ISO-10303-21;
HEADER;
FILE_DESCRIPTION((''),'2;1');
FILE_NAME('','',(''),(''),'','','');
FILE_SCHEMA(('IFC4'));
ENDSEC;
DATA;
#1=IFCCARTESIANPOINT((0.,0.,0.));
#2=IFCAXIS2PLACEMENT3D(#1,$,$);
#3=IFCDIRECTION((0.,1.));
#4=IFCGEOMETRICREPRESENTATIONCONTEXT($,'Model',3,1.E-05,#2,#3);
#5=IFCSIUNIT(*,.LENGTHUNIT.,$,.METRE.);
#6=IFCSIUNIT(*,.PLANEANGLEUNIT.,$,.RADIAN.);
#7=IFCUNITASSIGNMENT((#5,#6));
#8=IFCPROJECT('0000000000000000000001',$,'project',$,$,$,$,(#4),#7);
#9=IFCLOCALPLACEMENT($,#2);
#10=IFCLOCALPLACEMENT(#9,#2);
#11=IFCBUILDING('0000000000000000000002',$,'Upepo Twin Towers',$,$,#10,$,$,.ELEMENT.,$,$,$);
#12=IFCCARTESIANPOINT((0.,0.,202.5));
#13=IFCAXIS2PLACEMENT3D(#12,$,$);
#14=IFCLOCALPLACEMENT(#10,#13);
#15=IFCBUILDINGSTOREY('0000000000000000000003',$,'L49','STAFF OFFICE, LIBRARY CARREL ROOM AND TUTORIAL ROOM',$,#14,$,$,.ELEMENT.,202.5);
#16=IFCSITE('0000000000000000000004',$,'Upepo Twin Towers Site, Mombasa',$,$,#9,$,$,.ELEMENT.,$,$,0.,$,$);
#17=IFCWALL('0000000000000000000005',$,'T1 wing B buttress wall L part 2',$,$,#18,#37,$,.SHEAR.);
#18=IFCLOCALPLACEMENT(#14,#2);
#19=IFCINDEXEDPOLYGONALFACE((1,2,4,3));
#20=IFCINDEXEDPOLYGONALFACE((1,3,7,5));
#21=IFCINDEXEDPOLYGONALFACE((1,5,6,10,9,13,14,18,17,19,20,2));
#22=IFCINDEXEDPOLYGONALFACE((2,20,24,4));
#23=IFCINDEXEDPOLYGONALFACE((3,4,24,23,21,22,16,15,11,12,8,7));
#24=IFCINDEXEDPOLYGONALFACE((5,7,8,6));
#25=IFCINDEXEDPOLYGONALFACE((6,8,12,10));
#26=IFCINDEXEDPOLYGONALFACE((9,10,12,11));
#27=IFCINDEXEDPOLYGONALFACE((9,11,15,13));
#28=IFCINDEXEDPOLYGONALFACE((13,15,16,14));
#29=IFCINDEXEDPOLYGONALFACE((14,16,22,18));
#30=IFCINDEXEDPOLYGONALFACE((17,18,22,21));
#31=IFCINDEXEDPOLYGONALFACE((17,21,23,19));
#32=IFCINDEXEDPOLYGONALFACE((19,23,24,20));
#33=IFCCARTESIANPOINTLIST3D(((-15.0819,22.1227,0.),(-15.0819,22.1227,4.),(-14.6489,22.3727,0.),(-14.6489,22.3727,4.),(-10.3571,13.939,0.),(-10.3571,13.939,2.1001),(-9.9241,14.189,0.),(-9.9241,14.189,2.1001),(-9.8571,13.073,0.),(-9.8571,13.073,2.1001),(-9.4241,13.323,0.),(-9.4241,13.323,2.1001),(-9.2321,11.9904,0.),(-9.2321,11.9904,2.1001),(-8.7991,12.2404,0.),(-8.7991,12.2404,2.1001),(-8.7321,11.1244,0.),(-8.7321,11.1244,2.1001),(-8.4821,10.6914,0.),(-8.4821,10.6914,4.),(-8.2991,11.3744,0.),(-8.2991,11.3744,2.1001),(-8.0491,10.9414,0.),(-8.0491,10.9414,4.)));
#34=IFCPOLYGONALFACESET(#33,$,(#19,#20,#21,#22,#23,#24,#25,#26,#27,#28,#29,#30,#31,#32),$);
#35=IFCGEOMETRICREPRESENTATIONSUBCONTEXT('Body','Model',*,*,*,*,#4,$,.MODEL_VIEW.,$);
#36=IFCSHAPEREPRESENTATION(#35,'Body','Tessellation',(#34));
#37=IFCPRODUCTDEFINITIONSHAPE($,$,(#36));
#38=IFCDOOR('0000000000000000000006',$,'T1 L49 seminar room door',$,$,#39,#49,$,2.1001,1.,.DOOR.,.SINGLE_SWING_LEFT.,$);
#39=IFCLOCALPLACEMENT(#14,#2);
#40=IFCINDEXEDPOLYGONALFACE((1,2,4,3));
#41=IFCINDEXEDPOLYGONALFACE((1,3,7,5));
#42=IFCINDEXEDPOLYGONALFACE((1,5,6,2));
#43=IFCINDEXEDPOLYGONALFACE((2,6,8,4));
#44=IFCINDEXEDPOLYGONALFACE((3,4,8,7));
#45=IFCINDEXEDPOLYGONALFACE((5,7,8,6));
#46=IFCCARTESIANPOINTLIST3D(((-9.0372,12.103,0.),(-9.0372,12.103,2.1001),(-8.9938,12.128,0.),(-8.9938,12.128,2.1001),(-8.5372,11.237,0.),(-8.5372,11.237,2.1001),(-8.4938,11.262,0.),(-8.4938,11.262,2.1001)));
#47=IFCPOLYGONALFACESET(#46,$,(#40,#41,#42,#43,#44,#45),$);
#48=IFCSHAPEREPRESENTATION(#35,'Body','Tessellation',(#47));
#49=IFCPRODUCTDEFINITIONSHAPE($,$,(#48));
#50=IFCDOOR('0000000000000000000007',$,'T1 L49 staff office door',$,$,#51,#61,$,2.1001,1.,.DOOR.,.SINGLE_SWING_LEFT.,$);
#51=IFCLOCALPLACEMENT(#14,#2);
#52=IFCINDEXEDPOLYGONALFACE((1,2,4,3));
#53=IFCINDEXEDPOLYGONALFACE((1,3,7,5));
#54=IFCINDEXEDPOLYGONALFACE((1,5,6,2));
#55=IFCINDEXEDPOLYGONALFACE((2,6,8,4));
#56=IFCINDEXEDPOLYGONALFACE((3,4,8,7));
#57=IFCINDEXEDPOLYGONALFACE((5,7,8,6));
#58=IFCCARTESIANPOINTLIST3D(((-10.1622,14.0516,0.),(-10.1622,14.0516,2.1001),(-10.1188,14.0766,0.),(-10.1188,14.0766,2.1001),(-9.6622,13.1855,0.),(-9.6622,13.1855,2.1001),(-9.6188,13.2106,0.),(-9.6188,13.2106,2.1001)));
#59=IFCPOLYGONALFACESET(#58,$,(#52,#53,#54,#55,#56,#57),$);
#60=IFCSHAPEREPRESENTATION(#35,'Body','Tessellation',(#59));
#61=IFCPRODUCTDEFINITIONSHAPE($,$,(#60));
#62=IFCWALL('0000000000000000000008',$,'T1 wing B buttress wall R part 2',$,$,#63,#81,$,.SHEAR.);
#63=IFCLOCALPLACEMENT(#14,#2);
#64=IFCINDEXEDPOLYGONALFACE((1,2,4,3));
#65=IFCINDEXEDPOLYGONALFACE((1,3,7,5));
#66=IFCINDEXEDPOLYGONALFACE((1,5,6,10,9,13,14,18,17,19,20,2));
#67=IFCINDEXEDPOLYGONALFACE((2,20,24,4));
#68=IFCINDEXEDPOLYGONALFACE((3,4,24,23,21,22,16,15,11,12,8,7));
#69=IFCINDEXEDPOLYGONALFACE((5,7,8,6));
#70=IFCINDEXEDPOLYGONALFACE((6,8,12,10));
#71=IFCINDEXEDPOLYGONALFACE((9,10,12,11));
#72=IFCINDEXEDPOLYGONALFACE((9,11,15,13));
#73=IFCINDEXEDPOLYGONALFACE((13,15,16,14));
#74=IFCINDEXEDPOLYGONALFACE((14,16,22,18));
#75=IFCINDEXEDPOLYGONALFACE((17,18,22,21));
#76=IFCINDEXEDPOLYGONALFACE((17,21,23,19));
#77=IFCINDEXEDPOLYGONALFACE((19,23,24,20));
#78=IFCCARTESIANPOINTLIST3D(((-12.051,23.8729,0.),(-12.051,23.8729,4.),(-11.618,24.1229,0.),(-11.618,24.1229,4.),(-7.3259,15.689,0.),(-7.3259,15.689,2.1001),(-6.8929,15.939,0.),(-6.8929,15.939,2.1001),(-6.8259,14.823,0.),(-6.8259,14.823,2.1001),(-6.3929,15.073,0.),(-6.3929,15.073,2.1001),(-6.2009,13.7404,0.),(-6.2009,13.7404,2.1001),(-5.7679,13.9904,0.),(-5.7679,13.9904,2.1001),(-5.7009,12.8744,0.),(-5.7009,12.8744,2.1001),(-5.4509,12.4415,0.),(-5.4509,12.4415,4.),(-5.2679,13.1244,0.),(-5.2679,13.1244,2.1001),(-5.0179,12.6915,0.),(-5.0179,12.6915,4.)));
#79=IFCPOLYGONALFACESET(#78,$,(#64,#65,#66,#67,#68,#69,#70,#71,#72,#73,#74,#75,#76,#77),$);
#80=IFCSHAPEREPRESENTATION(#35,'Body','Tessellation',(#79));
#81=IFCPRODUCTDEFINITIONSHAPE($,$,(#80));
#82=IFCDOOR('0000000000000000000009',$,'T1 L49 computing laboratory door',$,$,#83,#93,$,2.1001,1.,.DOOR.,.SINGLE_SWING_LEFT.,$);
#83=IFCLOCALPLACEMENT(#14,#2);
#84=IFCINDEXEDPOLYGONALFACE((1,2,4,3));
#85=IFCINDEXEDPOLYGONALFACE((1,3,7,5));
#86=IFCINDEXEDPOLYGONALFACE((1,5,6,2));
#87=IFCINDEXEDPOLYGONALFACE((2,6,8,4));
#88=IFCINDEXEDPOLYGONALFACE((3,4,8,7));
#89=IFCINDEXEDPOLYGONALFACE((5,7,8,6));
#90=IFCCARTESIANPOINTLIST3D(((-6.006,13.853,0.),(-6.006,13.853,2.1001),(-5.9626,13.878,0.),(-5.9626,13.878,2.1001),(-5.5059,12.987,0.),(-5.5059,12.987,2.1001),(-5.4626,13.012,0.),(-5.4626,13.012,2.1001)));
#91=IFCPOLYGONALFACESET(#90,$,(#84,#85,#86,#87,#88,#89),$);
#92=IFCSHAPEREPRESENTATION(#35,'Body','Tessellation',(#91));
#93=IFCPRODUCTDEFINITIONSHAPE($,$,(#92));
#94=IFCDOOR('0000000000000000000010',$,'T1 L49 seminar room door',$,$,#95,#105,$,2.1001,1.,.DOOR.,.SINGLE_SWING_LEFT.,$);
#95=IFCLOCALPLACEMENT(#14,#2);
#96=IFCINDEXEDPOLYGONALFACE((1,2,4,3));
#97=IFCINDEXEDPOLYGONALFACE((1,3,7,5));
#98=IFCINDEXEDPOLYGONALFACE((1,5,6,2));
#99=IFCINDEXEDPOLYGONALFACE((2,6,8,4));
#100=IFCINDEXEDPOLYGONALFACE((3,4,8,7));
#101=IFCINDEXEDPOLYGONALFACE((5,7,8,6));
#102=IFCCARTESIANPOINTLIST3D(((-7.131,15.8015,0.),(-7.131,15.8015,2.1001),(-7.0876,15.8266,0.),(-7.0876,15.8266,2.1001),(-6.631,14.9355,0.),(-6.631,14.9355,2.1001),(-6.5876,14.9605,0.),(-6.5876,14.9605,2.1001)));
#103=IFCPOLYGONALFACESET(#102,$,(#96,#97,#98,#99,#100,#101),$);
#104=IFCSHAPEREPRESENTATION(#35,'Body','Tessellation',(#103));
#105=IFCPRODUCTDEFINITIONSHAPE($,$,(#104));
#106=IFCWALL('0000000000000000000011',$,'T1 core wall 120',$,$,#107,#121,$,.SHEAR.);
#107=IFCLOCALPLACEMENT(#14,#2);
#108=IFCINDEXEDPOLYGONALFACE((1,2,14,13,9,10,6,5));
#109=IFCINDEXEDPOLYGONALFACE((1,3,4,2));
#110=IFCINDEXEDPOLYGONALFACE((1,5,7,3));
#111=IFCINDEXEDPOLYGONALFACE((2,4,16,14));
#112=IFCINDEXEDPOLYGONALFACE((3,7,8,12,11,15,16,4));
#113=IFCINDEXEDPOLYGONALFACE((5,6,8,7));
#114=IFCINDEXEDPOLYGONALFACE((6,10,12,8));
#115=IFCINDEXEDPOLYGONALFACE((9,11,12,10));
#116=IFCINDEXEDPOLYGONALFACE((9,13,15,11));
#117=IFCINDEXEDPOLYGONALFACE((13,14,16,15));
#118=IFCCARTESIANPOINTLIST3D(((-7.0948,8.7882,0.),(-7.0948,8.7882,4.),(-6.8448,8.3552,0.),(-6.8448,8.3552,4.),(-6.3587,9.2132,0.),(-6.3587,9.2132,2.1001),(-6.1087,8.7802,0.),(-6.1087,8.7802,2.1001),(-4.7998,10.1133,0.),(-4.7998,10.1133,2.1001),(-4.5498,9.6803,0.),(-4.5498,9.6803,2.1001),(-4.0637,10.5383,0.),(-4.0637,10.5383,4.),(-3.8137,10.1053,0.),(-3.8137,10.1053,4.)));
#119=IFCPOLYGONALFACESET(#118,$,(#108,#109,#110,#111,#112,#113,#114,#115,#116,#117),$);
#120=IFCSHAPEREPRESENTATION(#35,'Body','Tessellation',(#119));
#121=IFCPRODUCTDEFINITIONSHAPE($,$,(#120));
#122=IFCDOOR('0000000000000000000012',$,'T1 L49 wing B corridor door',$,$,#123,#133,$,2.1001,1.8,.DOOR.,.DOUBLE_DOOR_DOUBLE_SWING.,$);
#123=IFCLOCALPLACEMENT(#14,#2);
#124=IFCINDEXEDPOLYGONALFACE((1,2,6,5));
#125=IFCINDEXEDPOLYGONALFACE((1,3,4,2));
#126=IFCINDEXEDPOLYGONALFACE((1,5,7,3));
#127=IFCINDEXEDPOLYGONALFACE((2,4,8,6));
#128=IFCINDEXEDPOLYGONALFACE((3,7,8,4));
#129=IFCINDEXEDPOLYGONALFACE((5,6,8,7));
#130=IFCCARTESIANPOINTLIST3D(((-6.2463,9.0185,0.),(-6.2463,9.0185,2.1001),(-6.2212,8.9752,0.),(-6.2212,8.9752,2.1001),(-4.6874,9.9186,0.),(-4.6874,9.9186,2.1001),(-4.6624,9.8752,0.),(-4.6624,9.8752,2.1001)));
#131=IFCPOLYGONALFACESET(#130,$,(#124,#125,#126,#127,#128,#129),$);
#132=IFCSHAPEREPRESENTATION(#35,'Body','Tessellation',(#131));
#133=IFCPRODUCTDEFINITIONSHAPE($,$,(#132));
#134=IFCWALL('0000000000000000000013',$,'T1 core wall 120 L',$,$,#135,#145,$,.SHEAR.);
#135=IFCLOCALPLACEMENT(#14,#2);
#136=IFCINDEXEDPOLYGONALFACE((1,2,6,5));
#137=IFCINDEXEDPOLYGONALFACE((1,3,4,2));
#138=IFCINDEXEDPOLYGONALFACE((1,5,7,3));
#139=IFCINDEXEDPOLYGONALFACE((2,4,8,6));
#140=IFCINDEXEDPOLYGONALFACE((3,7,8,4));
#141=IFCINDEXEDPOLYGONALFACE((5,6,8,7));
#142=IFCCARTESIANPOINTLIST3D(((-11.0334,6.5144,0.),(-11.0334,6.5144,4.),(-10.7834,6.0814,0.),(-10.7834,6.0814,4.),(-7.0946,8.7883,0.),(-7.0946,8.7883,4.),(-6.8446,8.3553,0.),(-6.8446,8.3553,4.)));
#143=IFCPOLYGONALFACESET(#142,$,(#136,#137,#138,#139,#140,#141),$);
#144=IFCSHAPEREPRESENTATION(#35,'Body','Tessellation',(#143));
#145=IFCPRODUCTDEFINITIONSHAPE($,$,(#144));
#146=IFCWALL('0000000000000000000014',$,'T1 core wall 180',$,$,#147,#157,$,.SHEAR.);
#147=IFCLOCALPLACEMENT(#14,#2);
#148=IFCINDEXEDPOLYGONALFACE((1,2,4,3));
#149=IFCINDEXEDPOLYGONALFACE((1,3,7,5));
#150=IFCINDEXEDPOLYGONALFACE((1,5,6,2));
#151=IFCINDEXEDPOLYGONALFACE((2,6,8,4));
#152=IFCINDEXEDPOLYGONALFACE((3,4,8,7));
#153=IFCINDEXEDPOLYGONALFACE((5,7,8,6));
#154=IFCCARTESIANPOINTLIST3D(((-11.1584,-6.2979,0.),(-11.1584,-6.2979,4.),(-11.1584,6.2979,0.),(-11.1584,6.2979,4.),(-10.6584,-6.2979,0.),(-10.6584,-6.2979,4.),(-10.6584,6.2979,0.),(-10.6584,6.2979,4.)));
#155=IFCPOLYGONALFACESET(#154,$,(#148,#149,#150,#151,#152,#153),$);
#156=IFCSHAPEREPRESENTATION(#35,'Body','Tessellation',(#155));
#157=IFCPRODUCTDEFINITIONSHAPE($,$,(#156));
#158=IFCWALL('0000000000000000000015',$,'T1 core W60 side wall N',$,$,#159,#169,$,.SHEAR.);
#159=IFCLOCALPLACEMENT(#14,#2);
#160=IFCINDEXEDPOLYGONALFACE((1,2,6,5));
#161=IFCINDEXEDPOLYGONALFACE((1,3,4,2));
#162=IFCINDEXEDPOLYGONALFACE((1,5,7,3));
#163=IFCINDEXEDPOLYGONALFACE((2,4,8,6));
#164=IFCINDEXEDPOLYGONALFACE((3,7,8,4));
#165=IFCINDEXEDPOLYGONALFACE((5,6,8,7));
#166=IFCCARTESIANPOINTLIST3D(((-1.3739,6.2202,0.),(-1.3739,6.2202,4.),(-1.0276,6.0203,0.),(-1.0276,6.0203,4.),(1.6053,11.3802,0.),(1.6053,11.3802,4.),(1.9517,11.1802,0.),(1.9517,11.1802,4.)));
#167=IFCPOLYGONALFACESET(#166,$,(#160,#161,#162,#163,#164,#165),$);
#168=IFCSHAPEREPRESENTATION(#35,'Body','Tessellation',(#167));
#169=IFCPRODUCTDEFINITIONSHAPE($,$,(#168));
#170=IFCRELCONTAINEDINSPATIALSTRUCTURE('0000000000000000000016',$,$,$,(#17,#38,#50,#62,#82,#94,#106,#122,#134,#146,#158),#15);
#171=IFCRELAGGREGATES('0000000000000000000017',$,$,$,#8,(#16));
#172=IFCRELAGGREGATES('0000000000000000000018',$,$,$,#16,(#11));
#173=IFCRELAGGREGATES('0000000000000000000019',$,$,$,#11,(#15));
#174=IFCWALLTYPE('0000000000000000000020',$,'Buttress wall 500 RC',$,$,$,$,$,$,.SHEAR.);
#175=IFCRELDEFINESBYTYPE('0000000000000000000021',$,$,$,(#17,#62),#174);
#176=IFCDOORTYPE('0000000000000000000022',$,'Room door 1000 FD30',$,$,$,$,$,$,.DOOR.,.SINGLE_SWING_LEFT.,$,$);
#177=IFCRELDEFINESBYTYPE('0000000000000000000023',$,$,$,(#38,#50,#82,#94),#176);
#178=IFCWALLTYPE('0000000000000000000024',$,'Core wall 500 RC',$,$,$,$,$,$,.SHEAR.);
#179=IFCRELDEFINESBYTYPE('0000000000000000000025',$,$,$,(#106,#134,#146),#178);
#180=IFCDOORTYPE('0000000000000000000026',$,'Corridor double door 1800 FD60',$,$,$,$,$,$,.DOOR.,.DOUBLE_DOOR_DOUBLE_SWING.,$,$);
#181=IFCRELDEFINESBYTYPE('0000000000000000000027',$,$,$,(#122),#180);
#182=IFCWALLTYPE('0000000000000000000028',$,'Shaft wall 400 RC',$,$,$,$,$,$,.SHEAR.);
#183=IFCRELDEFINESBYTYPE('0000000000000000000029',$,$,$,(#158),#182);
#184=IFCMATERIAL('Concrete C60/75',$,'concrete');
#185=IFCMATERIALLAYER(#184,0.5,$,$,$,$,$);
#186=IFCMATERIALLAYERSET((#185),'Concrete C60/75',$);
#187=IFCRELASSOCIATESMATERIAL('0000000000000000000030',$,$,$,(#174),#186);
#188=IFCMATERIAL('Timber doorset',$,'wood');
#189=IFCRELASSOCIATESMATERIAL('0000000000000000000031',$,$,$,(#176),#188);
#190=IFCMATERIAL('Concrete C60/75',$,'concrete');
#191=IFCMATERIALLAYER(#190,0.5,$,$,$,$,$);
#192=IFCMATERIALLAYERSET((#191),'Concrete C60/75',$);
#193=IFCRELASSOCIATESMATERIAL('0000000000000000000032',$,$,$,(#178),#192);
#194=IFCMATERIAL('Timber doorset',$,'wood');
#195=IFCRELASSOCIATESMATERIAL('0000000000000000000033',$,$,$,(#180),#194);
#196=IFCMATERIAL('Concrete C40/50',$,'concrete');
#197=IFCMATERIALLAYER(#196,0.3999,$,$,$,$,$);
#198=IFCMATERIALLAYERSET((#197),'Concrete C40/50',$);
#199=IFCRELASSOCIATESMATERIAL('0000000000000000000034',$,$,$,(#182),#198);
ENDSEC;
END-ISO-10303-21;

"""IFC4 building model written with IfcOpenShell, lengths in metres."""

from ifc_helpers import new_model, si_unit, direction, frame, frame_2d, origin, place, context, subcontext, project, spatial, rectangle, extrude, material, layer, layer_set, type_object, element, fill, save


model = new_model("IFC4")

# Units and contexts
model_context = context("Model", 3, precision=1e-05, world=origin(), true_north=direction((0.0, 1.0)))
body_context = subcontext(model_context, "Body", "Model", "MODEL_VIEW")
ifc_project = project(units=[si_unit("LENGTHUNIT", "METRE"), si_unit("PLANEANGLEUNIT", "RADIAN")], contexts=[model_context])

# Site, building, storey
site_placement = place(None, origin())
site = spatial("IfcSite", under=ifc_project, at=site_placement, Name="Upepo Twin Towers Site, Mombasa", CompositionType="ELEMENT", RefElevation=0.0)
building_placement = place(site_placement, origin())
building = spatial("IfcBuilding", under=site, at=building_placement, Name="Upepo Twin Towers", CompositionType="ELEMENT")
storey_placement = place(building_placement, frame((0.0, 0.0, 202.5)))
storey = spatial("IfcBuildingStorey", under=building, at=storey_placement, Name="L49", Description="STAFF OFFICE, LIBRARY CARREL ROOM AND TUTORIAL ROOM", CompositionType="ELEMENT", Elevation=202.5)

# Walls, openings, doors
ifc_material_1 = material(Name="Concrete C60/75", Category="concrete")
ifc_layer_1 = layer(ifc_material_1, 0.5)
ifc_layer_set_1 = layer_set([ifc_layer_1], Name="Concrete C60/75")
wall_type_1 = type_object("IfcWallType", Name="Buttress wall 500 RC", PredefinedType="SHEAR", material=ifc_layer_set_1)
wall_1_placement = place(storey_placement, frame((-8.2656, 10.8164, 0.0), z_axis=(0.0, 0.0, 1.0), x_axis=(-0.499996, 0.866028, 0.0)))
wall_1 = element("IfcWall", 1, at=wall_1_placement, inside=storey, type_object=wall_type_1, Name="T1 wing B buttress wall L part 2", PredefinedType="SHEAR", context=body_context, shape_type="SweptSolid", body=[
    extrude(rectangle(XDim=13.1997, YDim=0.5, at=frame_2d((6.5999, 0.0))), origin(), (0.0, 0.0, 1.0), 4.0),
])
opening_1_placement = place(wall_1_placement, frame((0.5, 0.0, 0.0)))
opening_1 = element("IfcOpeningElement", 2, at=opening_1_placement, cuts=wall_1, PredefinedType="OPENING", context=body_context, shape_type="SweptSolid", body=[
    extrude(rectangle(XDim=1.0, YDim=2.1001, at=frame_2d((0.5, 1.05))), frame((0.0, 0.26, 0.0), z_axis=(0.0, -1.0, 0.0), x_axis=(1.0, 0.0, 0.0)), (0.0, 0.0, 1.0), 0.52),
])
opening_2_placement = place(wall_1_placement, frame((2.75, 0.0, 0.0)))
opening_2 = element("IfcOpeningElement", 3, at=opening_2_placement, cuts=wall_1, PredefinedType="OPENING", context=body_context, shape_type="SweptSolid", body=[
    extrude(rectangle(XDim=1.0, YDim=2.1001, at=frame_2d((0.5, 1.05))), frame((0.0, 0.26, 0.0), z_axis=(0.0, -1.0, 0.0), x_axis=(1.0, 0.0, 0.0)), (0.0, 0.0, 1.0), 0.52),
])
ifc_material_2 = material(Name="Timber doorset", Category="wood")
door_type_1 = type_object("IfcDoorType", Name="Room door 1000 FD30", OperationType="SINGLE_SWING_LEFT", PredefinedType="DOOR", material=ifc_material_2)
door_1_placement = place(opening_1_placement, origin())
door_1 = element("IfcDoor", 4, at=door_1_placement, inside=storey, type_object=door_type_1, Name="T1 L49 seminar room door", OperationType="SINGLE_SWING_LEFT", OverallHeight=2.1001, OverallWidth=1.0, PredefinedType="DOOR", context=body_context, shape_type="SweptSolid", body=[
    extrude(rectangle(XDim=1.0, YDim=2.1001, at=frame_2d((0.5, 1.05))), frame((0.0, 0.0249, 0.0), z_axis=(0.0, -1.0, 0.0), x_axis=(1.0, 0.0, 0.0)), (0.0, 0.0, 1.0), 0.05),
])
fill(opening_1, door_1)
door_2_placement = place(opening_2_placement, origin())
door_2 = element("IfcDoor", 5, at=door_2_placement, inside=storey, type_object=door_type_1, Name="T1 L49 staff office door", OperationType="SINGLE_SWING_LEFT", OverallHeight=2.1001, OverallWidth=1.0, PredefinedType="DOOR", context=body_context, shape_type="SweptSolid", body=[
    extrude(rectangle(XDim=1.0, YDim=2.1001, at=frame_2d((0.5, 1.05))), frame((0.0, 0.0249, 0.0), z_axis=(0.0, -1.0, 0.0), x_axis=(1.0, 0.0, 0.0)), (0.0, 0.0, 1.0), 0.05),
])
fill(opening_2, door_2)
wall_2_placement = place(storey_placement, frame((-5.2344, 12.5664, 0.0), z_axis=(0.0, 0.0, 1.0), x_axis=(-0.50001, 0.86602, 0.0)))
wall_2 = element("IfcWall", 6, at=wall_2_placement, inside=storey, type_object=wall_type_1, Name="T1 wing B buttress wall R part 2", PredefinedType="SHEAR", context=body_context, shape_type="SweptSolid", body=[
    extrude(rectangle(XDim=13.2, YDim=0.5, at=frame_2d((6.6001, 0.0))), origin(), (0.0, 0.0, 1.0), 4.0),
])
opening_3_placement = place(wall_2_placement, frame((0.5, 0.0, 0.0)))
opening_3 = element("IfcOpeningElement", 7, at=opening_3_placement, cuts=wall_2, PredefinedType="OPENING", context=body_context, shape_type="SweptSolid", body=[
    extrude(rectangle(XDim=1.0, YDim=2.1001, at=frame_2d((0.5, 1.05))), frame((0.0, 0.26, 0.0), z_axis=(0.0, -1.0, 0.0), x_axis=(1.0, 0.0, 0.0)), (0.0, 0.0, 1.0), 0.52),
])
opening_4_placement = place(wall_2_placement, frame((2.75, 0.0, 0.0)))
opening_4 = element("IfcOpeningElement", 8, at=opening_4_placement, cuts=wall_2, PredefinedType="OPENING", context=body_context, shape_type="SweptSolid", body=[
    extrude(rectangle(XDim=1.0, YDim=2.1001, at=frame_2d((0.5, 1.05))), frame((0.0, 0.26, 0.0), z_axis=(0.0, -1.0, 0.0), x_axis=(1.0, 0.0, 0.0)), (0.0, 0.0, 1.0), 0.52),
])
door_3_placement = place(opening_3_placement, origin())
door_3 = element("IfcDoor", 9, at=door_3_placement, inside=storey, type_object=door_type_1, Name="T1 L49 computing laboratory door", OperationType="SINGLE_SWING_LEFT", OverallHeight=2.1001, OverallWidth=1.0, PredefinedType="DOOR", context=body_context, shape_type="SweptSolid", body=[
    extrude(rectangle(XDim=1.0, YDim=2.1001, at=frame_2d((0.5, 1.05))), frame((0.0, 0.0249, 0.0), z_axis=(0.0, -1.0, 0.0), x_axis=(1.0, 0.0, 0.0)), (0.0, 0.0, 1.0), 0.05),
])
fill(opening_3, door_3)
door_4_placement = place(opening_4_placement, origin())
door_4 = element("IfcDoor", 10, at=door_4_placement, inside=storey, type_object=door_type_1, Name="T1 L49 seminar room door", OperationType="SINGLE_SWING_LEFT", OverallHeight=2.1001, OverallWidth=1.0, PredefinedType="DOOR", context=body_context, shape_type="SweptSolid", body=[
    extrude(rectangle(XDim=1.0, YDim=2.1001, at=frame_2d((0.5, 1.05))), frame((0.0, 0.0249, 0.0), z_axis=(0.0, -1.0, 0.0), x_axis=(1.0, 0.0, 0.0)), (0.0, 0.0, 1.0), 0.05),
])
fill(opening_4, door_4)

# Wall, opening, door
ifc_material_3 = material(Name="Concrete C60/75", Category="concrete")
ifc_layer_2 = layer(ifc_material_3, 0.5)
ifc_layer_set_2 = layer_set([ifc_layer_2], Name="Concrete C60/75")
wall_type_2 = type_object("IfcWallType", Name="Core wall 500 RC", PredefinedType="SHEAR", material=ifc_layer_set_2)
wall_3_placement = place(storey_placement, frame((-3.9387, 10.3218, 0.0), z_axis=(0.0, 0.0, 1.0), x_axis=(-0.866019, -0.50001, 0.0)))
wall_3 = element("IfcWall", 11, at=wall_3_placement, inside=storey, type_object=wall_type_2, Name="T1 core wall 120", PredefinedType="SHEAR", context=body_context, shape_type="SweptSolid", body=[
    extrude(rectangle(XDim=3.5, YDim=0.5, at=frame_2d((1.75, 0.0))), origin(), (0.0, 0.0, 1.0), 4.0),
])
opening_5_placement = place(wall_3_placement, frame((0.8501, 0.0, 0.0)))
opening_5 = element("IfcOpeningElement", 12, at=opening_5_placement, cuts=wall_3, PredefinedType="OPENING", context=body_context, shape_type="SweptSolid", body=[
    extrude(rectangle(XDim=1.8, YDim=2.1001, at=frame_2d((0.8999, 1.05))), frame((0.0, 0.26, 0.0), z_axis=(0.0, -1.0, 0.0), x_axis=(1.0, 0.0, 0.0)), (0.0, 0.0, 1.0), 0.52),
])
ifc_material_4 = material(Name="Timber doorset", Category="wood")
door_type_2 = type_object("IfcDoorType", Name="Corridor double door 1800 FD60", OperationType="DOUBLE_DOOR_DOUBLE_SWING", PredefinedType="DOOR", material=ifc_material_4)
door_5_placement = place(opening_5_placement, origin())
door_5 = element("IfcDoor", 13, at=door_5_placement, inside=storey, type_object=door_type_2, Name="T1 L49 wing B corridor door", OperationType="DOUBLE_DOOR_DOUBLE_SWING", OverallHeight=2.1001, OverallWidth=1.8, PredefinedType="DOOR", context=body_context, shape_type="SweptSolid", body=[
    extrude(rectangle(XDim=1.8, YDim=2.1001, at=frame_2d((0.8999, 1.05))), frame((0.0, 0.0249, 0.0), z_axis=(0.0, -1.0, 0.0), x_axis=(1.0, 0.0, 0.0)), (0.0, 0.0, 1.0), 0.05),
])
fill(opening_5, door_5)

# Walls
wall_4_placement = place(storey_placement, frame((-6.9697, 8.5718, 0.0), z_axis=(0.0, 0.0, 1.0), x_axis=(-0.866035, -0.499984, 0.0)))
element("IfcWall", 14, at=wall_4_placement, inside=storey, type_object=wall_type_2, Name="T1 core wall 120 L", PredefinedType="SHEAR", context=body_context, shape_type="SweptSolid", body=[
    extrude(rectangle(XDim=4.5481, YDim=0.5, at=frame_2d((2.2739, 0.0))), origin(), (0.0, 0.0, 1.0), 4.0),
])
wall_5_placement = place(storey_placement, frame((-10.9084, 6.2979, 0.0), z_axis=(0.0, 0.0, 1.0), x_axis=(0.0, -1.0, 0.0)))
element("IfcWall", 15, at=wall_5_placement, inside=storey, type_object=wall_type_2, Name="T1 core wall 180", PredefinedType="SHEAR", context=body_context, shape_type="SweptSolid", body=[
    extrude(rectangle(XDim=12.5957, YDim=0.5, at=frame_2d((6.2979, 0.0))), origin(), (0.0, 0.0, 1.0), 4.0),
])
ifc_material_5 = material(Name="Concrete C40/50", Category="concrete")
ifc_layer_3 = layer(ifc_material_5, 0.3999)
ifc_layer_set_3 = layer_set([ifc_layer_3], Name="Concrete C40/50")
wall_type_3 = type_object("IfcWallType", Name="Shaft wall 400 RC", PredefinedType="SHEAR", material=ifc_layer_set_3)
wall_6_placement = place(storey_placement, frame((-1.2007, 6.1204, 0.0), z_axis=(0.0, 0.0, 1.0), x_axis=(0.500022, 0.866013, 0.0)))
element("IfcWall", 16, at=wall_6_placement, inside=storey, type_object=wall_type_3, Name="T1 core W60 side wall N", PredefinedType="SHEAR", context=body_context, shape_type="SweptSolid", body=[
    extrude(rectangle(XDim=5.9583, YDim=0.3999, at=frame_2d((2.979, 0.0))), origin(), (0.0, 0.0, 1.0), 4.0),
])

save(model, "model.ifc")
